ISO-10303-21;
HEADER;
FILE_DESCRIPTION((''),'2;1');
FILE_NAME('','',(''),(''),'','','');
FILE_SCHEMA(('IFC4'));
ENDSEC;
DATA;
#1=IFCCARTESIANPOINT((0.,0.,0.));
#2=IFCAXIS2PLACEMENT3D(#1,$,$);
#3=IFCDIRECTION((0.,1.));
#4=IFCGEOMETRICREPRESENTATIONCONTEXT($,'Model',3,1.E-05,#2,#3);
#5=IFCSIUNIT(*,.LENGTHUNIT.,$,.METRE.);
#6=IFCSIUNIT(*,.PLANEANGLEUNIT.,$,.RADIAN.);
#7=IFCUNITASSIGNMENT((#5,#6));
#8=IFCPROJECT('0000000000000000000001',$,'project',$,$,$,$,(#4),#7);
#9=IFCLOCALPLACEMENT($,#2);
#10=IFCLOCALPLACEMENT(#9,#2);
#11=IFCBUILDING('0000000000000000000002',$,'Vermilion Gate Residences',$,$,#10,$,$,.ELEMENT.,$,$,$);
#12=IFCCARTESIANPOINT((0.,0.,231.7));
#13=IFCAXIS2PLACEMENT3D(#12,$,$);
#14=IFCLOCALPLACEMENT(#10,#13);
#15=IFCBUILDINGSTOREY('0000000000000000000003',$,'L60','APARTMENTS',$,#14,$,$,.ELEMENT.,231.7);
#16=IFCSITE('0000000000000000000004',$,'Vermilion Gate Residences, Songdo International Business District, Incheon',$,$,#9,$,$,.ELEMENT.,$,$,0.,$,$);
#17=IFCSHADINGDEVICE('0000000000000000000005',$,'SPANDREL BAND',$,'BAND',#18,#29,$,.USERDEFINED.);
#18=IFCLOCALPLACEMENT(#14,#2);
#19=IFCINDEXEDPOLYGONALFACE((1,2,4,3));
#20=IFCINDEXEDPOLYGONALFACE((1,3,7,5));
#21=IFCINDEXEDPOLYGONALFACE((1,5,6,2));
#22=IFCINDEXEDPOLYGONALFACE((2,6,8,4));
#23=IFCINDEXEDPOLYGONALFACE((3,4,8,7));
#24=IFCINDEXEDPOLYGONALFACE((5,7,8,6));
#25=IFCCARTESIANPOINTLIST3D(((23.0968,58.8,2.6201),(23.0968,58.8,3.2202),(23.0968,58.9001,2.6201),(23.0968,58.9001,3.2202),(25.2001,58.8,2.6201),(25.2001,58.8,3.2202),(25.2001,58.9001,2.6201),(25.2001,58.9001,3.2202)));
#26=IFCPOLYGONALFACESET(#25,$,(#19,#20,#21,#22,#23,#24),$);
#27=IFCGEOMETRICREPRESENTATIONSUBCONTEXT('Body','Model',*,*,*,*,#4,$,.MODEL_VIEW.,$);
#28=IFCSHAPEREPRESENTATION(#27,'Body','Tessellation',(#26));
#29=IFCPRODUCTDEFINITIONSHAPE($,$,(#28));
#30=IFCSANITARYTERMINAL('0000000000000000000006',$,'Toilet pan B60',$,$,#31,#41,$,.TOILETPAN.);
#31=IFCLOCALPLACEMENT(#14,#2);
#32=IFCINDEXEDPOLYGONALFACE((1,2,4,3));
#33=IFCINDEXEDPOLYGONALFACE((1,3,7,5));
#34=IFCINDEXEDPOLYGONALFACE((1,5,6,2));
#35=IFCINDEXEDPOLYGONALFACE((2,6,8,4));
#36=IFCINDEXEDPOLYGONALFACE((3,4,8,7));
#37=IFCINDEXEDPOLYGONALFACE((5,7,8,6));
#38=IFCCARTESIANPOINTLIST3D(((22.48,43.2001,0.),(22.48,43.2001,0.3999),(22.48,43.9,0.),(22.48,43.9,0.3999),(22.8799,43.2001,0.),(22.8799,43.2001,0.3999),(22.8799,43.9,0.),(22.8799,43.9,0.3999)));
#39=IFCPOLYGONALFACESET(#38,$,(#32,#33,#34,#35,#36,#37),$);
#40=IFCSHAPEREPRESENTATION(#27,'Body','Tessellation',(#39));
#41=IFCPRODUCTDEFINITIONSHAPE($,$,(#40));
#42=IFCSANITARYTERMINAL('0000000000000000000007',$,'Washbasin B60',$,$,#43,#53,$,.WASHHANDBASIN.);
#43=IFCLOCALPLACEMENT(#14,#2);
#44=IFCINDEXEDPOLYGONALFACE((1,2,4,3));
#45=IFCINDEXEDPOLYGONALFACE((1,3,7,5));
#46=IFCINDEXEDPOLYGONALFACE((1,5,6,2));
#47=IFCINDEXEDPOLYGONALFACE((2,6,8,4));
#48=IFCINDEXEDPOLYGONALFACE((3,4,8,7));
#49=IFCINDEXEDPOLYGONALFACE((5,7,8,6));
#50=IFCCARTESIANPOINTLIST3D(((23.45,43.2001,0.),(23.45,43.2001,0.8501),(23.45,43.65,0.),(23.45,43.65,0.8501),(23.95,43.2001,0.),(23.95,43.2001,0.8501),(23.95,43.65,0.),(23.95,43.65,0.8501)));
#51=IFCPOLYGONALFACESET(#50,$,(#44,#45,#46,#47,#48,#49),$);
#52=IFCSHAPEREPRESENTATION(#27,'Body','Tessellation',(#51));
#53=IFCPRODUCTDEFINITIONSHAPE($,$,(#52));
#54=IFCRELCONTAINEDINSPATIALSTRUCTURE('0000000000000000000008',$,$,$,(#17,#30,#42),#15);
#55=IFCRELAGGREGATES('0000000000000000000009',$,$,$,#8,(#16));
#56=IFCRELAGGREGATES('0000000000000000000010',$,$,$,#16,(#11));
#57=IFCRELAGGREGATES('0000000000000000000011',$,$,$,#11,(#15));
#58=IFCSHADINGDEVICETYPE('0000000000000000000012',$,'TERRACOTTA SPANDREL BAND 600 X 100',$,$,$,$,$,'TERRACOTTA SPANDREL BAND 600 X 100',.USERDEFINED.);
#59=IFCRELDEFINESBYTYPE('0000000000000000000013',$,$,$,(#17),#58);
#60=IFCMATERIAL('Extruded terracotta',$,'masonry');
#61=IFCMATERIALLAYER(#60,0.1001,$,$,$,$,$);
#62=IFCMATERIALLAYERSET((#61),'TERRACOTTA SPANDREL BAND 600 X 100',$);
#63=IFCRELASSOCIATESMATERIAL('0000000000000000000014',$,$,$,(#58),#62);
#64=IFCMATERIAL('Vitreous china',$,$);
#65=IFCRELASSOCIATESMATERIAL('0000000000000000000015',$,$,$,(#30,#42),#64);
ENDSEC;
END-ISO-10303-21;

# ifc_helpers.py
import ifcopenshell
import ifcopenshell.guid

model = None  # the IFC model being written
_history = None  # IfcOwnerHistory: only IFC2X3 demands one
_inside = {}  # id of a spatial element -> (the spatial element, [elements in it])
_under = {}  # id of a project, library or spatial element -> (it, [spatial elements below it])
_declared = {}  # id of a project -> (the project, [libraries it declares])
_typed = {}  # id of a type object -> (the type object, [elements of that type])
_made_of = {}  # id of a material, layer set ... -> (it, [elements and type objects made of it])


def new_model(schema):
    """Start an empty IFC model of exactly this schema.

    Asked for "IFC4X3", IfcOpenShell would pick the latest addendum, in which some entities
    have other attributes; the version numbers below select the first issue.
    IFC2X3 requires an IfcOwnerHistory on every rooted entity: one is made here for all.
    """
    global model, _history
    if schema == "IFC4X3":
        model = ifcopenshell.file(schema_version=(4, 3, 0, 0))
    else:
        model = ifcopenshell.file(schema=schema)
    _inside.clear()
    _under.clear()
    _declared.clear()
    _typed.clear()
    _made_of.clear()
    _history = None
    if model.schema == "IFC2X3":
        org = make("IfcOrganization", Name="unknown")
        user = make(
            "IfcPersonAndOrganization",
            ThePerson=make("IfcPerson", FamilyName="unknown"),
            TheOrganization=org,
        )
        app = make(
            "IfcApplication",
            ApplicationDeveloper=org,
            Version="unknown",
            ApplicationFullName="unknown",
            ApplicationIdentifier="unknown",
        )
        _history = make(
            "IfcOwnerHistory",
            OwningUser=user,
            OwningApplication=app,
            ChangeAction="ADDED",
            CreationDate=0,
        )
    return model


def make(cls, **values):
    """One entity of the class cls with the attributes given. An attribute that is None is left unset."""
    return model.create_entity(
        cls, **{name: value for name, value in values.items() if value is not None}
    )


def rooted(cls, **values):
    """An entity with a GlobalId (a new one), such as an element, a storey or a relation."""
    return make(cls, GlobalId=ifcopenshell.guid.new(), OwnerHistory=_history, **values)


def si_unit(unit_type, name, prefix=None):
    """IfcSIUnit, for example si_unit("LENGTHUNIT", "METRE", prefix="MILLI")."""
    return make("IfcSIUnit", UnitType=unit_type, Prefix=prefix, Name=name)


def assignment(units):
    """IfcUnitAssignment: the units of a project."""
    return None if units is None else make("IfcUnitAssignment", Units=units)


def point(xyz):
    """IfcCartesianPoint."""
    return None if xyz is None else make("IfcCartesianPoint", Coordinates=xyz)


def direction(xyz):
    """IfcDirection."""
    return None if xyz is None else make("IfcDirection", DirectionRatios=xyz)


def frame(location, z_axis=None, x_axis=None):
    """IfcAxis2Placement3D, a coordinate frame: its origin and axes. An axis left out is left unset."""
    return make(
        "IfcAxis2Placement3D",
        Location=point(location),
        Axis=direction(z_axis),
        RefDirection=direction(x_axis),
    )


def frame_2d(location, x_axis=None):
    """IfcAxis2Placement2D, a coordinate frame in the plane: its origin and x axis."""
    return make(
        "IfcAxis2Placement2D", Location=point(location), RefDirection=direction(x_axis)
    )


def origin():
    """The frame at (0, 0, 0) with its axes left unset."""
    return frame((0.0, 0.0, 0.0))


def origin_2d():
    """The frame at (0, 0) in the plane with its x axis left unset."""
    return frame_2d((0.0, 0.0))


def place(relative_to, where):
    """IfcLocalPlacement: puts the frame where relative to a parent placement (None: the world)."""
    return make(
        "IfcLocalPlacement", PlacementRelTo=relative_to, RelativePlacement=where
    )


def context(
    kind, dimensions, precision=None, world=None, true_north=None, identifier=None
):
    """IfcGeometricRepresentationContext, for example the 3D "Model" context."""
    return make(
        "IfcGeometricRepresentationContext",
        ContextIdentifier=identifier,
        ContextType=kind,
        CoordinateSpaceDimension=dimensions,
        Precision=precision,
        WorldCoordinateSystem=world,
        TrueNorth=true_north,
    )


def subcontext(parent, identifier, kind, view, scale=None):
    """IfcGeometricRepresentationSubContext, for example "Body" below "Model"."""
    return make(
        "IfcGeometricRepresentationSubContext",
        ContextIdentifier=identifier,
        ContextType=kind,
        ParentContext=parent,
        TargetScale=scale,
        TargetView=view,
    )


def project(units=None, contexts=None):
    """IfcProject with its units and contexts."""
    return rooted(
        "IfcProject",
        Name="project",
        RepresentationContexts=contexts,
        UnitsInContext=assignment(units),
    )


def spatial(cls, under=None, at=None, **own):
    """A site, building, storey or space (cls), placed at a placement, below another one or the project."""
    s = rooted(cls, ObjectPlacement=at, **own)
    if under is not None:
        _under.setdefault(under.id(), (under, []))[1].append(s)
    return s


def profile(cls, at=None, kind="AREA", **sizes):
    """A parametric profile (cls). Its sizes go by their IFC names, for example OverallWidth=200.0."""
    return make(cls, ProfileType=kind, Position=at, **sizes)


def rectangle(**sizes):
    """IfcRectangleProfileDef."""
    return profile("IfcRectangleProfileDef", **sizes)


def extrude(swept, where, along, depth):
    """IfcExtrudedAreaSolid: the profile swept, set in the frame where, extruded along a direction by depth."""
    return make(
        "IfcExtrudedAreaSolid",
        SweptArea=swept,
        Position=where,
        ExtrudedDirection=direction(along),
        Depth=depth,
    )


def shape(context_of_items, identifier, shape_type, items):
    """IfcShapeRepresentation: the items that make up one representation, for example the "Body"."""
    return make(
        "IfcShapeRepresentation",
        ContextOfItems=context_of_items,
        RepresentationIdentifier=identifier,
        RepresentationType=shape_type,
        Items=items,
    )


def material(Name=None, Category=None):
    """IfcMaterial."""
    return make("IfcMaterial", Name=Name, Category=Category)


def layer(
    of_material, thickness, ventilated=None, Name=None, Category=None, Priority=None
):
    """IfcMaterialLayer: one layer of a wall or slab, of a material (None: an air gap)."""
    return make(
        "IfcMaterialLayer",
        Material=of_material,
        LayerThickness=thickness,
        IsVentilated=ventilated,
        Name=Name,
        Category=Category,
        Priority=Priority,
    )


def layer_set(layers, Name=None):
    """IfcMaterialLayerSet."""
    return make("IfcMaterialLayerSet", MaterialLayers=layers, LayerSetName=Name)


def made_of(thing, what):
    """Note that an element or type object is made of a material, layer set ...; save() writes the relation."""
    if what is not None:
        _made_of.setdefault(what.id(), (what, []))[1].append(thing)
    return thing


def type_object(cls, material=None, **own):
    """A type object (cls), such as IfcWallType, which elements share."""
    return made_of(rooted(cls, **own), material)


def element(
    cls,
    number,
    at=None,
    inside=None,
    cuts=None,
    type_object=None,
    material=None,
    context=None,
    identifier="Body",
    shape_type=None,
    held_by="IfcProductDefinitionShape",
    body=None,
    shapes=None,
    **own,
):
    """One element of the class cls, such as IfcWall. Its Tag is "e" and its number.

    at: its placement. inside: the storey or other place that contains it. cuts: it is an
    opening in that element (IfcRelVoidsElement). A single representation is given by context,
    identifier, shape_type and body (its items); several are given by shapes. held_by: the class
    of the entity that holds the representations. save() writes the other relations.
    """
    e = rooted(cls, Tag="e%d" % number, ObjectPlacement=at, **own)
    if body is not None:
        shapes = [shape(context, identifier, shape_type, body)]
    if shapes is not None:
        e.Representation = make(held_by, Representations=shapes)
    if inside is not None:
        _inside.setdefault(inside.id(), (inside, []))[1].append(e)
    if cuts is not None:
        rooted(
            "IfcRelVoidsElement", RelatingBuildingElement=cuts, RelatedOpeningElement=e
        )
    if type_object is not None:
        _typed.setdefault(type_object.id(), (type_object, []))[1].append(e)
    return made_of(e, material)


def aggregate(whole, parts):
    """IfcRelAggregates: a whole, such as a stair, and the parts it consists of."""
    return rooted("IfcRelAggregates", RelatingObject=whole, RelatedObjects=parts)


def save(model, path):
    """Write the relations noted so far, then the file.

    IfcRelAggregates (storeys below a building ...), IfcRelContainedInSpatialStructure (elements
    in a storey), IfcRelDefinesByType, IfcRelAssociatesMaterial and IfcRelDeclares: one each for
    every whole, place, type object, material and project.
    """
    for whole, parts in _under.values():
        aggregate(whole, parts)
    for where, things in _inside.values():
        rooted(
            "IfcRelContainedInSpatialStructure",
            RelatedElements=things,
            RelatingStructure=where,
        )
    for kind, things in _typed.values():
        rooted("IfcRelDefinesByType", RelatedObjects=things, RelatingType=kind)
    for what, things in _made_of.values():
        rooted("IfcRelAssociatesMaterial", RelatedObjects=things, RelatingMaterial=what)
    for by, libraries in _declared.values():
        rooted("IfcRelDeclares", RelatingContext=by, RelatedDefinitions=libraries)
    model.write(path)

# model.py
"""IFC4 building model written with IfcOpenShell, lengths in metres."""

from ifc_helpers import new_model, si_unit, direction, frame, origin, origin_2d, place, context, subcontext, project, spatial, rectangle, extrude, material, layer, layer_set, type_object, element, save


model = new_model("IFC4")

# Units and contexts
model_context = context("Model", 3, precision=1e-05, world=origin(), true_north=direction((0.0, 1.0)))
body_context = subcontext(model_context, "Body", "Model", "MODEL_VIEW")
ifc_project = project(units=[si_unit("LENGTHUNIT", "METRE"), si_unit("PLANEANGLEUNIT", "RADIAN")], contexts=[model_context])

# Site, building, storey
site_placement = place(None, origin())
site = spatial("IfcSite", under=ifc_project, at=site_placement, Name="Vermilion Gate Residences, Songdo International Business District, Incheon", CompositionType="ELEMENT", RefElevation=0.0)
building_placement = place(site_placement, origin())
building = spatial("IfcBuilding", under=site, at=building_placement, Name="Vermilion Gate Residences", CompositionType="ELEMENT")
storey_placement = place(building_placement, frame((0.0, 0.0, 231.7)))
storey = spatial("IfcBuildingStorey", under=building, at=storey_placement, Name="L60", Description="APARTMENTS", CompositionType="ELEMENT", Elevation=231.7)

# Shading device
ifc_material_1 = material(Name="Extruded terracotta", Category="masonry")
ifc_layer_1 = layer(ifc_material_1, 0.1001)
ifc_layer_set_1 = layer_set([ifc_layer_1], Name="TERRACOTTA SPANDREL BAND 600 X 100")
shading_device_type = type_object("IfcShadingDeviceType", Name="TERRACOTTA SPANDREL BAND 600 X 100", ElementType="TERRACOTTA SPANDREL BAND 600 X 100", PredefinedType="USERDEFINED", material=ifc_layer_set_1)
shading_device_1_placement = place(storey_placement, frame((24.1484, 58.8501, 2.6201), z_axis=(0.0, 0.0, 1.0), x_axis=(1.0, 0.0, 0.0)))
element("IfcShadingDevice", 1, at=shading_device_1_placement, inside=storey, type_object=shading_device_type, Name="SPANDREL BAND", ObjectType="BAND", PredefinedType="USERDEFINED", context=body_context, shape_type="SweptSolid", body=[
    extrude(rectangle(XDim=2.1033, YDim=0.1001, at=origin_2d()), origin(), (0.0, 0.0, 1.0), 0.6001),
])

# Sanitary terminals
ifc_material_2 = material(Name="Vitreous china")
sanitary_terminal_1_placement = place(storey_placement, frame((22.6799, 43.55, 0.0), z_axis=(0.0, 0.0, 1.0), x_axis=(1.0, 0.0, 0.0)))
element("IfcSanitaryTerminal", 2, at=sanitary_terminal_1_placement, inside=storey, material=ifc_material_2, Name="Toilet pan B60", PredefinedType="TOILETPAN", context=body_context, shape_type="SweptSolid", body=[
    extrude(rectangle(XDim=0.3999, YDim=0.7, at=origin_2d()), origin(), (0.0, 0.0, 1.0), 0.3999),
])
sanitary_terminal_2_placement = place(storey_placement, frame((23.7, 43.425, 0.0), z_axis=(0.0, 0.0, 1.0), x_axis=(1.0, 0.0, 0.0)))
element("IfcSanitaryTerminal", 3, at=sanitary_terminal_2_placement, inside=storey, material=ifc_material_2, Name="Washbasin B60", PredefinedType="WASHHANDBASIN", context=body_context, shape_type="SweptSolid", body=[
    extrude(rectangle(XDim=0.5, YDim=0.45, at=origin_2d()), origin(), (0.0, 0.0, 1.0), 0.8501),
])

save(model, "model.ifc")
